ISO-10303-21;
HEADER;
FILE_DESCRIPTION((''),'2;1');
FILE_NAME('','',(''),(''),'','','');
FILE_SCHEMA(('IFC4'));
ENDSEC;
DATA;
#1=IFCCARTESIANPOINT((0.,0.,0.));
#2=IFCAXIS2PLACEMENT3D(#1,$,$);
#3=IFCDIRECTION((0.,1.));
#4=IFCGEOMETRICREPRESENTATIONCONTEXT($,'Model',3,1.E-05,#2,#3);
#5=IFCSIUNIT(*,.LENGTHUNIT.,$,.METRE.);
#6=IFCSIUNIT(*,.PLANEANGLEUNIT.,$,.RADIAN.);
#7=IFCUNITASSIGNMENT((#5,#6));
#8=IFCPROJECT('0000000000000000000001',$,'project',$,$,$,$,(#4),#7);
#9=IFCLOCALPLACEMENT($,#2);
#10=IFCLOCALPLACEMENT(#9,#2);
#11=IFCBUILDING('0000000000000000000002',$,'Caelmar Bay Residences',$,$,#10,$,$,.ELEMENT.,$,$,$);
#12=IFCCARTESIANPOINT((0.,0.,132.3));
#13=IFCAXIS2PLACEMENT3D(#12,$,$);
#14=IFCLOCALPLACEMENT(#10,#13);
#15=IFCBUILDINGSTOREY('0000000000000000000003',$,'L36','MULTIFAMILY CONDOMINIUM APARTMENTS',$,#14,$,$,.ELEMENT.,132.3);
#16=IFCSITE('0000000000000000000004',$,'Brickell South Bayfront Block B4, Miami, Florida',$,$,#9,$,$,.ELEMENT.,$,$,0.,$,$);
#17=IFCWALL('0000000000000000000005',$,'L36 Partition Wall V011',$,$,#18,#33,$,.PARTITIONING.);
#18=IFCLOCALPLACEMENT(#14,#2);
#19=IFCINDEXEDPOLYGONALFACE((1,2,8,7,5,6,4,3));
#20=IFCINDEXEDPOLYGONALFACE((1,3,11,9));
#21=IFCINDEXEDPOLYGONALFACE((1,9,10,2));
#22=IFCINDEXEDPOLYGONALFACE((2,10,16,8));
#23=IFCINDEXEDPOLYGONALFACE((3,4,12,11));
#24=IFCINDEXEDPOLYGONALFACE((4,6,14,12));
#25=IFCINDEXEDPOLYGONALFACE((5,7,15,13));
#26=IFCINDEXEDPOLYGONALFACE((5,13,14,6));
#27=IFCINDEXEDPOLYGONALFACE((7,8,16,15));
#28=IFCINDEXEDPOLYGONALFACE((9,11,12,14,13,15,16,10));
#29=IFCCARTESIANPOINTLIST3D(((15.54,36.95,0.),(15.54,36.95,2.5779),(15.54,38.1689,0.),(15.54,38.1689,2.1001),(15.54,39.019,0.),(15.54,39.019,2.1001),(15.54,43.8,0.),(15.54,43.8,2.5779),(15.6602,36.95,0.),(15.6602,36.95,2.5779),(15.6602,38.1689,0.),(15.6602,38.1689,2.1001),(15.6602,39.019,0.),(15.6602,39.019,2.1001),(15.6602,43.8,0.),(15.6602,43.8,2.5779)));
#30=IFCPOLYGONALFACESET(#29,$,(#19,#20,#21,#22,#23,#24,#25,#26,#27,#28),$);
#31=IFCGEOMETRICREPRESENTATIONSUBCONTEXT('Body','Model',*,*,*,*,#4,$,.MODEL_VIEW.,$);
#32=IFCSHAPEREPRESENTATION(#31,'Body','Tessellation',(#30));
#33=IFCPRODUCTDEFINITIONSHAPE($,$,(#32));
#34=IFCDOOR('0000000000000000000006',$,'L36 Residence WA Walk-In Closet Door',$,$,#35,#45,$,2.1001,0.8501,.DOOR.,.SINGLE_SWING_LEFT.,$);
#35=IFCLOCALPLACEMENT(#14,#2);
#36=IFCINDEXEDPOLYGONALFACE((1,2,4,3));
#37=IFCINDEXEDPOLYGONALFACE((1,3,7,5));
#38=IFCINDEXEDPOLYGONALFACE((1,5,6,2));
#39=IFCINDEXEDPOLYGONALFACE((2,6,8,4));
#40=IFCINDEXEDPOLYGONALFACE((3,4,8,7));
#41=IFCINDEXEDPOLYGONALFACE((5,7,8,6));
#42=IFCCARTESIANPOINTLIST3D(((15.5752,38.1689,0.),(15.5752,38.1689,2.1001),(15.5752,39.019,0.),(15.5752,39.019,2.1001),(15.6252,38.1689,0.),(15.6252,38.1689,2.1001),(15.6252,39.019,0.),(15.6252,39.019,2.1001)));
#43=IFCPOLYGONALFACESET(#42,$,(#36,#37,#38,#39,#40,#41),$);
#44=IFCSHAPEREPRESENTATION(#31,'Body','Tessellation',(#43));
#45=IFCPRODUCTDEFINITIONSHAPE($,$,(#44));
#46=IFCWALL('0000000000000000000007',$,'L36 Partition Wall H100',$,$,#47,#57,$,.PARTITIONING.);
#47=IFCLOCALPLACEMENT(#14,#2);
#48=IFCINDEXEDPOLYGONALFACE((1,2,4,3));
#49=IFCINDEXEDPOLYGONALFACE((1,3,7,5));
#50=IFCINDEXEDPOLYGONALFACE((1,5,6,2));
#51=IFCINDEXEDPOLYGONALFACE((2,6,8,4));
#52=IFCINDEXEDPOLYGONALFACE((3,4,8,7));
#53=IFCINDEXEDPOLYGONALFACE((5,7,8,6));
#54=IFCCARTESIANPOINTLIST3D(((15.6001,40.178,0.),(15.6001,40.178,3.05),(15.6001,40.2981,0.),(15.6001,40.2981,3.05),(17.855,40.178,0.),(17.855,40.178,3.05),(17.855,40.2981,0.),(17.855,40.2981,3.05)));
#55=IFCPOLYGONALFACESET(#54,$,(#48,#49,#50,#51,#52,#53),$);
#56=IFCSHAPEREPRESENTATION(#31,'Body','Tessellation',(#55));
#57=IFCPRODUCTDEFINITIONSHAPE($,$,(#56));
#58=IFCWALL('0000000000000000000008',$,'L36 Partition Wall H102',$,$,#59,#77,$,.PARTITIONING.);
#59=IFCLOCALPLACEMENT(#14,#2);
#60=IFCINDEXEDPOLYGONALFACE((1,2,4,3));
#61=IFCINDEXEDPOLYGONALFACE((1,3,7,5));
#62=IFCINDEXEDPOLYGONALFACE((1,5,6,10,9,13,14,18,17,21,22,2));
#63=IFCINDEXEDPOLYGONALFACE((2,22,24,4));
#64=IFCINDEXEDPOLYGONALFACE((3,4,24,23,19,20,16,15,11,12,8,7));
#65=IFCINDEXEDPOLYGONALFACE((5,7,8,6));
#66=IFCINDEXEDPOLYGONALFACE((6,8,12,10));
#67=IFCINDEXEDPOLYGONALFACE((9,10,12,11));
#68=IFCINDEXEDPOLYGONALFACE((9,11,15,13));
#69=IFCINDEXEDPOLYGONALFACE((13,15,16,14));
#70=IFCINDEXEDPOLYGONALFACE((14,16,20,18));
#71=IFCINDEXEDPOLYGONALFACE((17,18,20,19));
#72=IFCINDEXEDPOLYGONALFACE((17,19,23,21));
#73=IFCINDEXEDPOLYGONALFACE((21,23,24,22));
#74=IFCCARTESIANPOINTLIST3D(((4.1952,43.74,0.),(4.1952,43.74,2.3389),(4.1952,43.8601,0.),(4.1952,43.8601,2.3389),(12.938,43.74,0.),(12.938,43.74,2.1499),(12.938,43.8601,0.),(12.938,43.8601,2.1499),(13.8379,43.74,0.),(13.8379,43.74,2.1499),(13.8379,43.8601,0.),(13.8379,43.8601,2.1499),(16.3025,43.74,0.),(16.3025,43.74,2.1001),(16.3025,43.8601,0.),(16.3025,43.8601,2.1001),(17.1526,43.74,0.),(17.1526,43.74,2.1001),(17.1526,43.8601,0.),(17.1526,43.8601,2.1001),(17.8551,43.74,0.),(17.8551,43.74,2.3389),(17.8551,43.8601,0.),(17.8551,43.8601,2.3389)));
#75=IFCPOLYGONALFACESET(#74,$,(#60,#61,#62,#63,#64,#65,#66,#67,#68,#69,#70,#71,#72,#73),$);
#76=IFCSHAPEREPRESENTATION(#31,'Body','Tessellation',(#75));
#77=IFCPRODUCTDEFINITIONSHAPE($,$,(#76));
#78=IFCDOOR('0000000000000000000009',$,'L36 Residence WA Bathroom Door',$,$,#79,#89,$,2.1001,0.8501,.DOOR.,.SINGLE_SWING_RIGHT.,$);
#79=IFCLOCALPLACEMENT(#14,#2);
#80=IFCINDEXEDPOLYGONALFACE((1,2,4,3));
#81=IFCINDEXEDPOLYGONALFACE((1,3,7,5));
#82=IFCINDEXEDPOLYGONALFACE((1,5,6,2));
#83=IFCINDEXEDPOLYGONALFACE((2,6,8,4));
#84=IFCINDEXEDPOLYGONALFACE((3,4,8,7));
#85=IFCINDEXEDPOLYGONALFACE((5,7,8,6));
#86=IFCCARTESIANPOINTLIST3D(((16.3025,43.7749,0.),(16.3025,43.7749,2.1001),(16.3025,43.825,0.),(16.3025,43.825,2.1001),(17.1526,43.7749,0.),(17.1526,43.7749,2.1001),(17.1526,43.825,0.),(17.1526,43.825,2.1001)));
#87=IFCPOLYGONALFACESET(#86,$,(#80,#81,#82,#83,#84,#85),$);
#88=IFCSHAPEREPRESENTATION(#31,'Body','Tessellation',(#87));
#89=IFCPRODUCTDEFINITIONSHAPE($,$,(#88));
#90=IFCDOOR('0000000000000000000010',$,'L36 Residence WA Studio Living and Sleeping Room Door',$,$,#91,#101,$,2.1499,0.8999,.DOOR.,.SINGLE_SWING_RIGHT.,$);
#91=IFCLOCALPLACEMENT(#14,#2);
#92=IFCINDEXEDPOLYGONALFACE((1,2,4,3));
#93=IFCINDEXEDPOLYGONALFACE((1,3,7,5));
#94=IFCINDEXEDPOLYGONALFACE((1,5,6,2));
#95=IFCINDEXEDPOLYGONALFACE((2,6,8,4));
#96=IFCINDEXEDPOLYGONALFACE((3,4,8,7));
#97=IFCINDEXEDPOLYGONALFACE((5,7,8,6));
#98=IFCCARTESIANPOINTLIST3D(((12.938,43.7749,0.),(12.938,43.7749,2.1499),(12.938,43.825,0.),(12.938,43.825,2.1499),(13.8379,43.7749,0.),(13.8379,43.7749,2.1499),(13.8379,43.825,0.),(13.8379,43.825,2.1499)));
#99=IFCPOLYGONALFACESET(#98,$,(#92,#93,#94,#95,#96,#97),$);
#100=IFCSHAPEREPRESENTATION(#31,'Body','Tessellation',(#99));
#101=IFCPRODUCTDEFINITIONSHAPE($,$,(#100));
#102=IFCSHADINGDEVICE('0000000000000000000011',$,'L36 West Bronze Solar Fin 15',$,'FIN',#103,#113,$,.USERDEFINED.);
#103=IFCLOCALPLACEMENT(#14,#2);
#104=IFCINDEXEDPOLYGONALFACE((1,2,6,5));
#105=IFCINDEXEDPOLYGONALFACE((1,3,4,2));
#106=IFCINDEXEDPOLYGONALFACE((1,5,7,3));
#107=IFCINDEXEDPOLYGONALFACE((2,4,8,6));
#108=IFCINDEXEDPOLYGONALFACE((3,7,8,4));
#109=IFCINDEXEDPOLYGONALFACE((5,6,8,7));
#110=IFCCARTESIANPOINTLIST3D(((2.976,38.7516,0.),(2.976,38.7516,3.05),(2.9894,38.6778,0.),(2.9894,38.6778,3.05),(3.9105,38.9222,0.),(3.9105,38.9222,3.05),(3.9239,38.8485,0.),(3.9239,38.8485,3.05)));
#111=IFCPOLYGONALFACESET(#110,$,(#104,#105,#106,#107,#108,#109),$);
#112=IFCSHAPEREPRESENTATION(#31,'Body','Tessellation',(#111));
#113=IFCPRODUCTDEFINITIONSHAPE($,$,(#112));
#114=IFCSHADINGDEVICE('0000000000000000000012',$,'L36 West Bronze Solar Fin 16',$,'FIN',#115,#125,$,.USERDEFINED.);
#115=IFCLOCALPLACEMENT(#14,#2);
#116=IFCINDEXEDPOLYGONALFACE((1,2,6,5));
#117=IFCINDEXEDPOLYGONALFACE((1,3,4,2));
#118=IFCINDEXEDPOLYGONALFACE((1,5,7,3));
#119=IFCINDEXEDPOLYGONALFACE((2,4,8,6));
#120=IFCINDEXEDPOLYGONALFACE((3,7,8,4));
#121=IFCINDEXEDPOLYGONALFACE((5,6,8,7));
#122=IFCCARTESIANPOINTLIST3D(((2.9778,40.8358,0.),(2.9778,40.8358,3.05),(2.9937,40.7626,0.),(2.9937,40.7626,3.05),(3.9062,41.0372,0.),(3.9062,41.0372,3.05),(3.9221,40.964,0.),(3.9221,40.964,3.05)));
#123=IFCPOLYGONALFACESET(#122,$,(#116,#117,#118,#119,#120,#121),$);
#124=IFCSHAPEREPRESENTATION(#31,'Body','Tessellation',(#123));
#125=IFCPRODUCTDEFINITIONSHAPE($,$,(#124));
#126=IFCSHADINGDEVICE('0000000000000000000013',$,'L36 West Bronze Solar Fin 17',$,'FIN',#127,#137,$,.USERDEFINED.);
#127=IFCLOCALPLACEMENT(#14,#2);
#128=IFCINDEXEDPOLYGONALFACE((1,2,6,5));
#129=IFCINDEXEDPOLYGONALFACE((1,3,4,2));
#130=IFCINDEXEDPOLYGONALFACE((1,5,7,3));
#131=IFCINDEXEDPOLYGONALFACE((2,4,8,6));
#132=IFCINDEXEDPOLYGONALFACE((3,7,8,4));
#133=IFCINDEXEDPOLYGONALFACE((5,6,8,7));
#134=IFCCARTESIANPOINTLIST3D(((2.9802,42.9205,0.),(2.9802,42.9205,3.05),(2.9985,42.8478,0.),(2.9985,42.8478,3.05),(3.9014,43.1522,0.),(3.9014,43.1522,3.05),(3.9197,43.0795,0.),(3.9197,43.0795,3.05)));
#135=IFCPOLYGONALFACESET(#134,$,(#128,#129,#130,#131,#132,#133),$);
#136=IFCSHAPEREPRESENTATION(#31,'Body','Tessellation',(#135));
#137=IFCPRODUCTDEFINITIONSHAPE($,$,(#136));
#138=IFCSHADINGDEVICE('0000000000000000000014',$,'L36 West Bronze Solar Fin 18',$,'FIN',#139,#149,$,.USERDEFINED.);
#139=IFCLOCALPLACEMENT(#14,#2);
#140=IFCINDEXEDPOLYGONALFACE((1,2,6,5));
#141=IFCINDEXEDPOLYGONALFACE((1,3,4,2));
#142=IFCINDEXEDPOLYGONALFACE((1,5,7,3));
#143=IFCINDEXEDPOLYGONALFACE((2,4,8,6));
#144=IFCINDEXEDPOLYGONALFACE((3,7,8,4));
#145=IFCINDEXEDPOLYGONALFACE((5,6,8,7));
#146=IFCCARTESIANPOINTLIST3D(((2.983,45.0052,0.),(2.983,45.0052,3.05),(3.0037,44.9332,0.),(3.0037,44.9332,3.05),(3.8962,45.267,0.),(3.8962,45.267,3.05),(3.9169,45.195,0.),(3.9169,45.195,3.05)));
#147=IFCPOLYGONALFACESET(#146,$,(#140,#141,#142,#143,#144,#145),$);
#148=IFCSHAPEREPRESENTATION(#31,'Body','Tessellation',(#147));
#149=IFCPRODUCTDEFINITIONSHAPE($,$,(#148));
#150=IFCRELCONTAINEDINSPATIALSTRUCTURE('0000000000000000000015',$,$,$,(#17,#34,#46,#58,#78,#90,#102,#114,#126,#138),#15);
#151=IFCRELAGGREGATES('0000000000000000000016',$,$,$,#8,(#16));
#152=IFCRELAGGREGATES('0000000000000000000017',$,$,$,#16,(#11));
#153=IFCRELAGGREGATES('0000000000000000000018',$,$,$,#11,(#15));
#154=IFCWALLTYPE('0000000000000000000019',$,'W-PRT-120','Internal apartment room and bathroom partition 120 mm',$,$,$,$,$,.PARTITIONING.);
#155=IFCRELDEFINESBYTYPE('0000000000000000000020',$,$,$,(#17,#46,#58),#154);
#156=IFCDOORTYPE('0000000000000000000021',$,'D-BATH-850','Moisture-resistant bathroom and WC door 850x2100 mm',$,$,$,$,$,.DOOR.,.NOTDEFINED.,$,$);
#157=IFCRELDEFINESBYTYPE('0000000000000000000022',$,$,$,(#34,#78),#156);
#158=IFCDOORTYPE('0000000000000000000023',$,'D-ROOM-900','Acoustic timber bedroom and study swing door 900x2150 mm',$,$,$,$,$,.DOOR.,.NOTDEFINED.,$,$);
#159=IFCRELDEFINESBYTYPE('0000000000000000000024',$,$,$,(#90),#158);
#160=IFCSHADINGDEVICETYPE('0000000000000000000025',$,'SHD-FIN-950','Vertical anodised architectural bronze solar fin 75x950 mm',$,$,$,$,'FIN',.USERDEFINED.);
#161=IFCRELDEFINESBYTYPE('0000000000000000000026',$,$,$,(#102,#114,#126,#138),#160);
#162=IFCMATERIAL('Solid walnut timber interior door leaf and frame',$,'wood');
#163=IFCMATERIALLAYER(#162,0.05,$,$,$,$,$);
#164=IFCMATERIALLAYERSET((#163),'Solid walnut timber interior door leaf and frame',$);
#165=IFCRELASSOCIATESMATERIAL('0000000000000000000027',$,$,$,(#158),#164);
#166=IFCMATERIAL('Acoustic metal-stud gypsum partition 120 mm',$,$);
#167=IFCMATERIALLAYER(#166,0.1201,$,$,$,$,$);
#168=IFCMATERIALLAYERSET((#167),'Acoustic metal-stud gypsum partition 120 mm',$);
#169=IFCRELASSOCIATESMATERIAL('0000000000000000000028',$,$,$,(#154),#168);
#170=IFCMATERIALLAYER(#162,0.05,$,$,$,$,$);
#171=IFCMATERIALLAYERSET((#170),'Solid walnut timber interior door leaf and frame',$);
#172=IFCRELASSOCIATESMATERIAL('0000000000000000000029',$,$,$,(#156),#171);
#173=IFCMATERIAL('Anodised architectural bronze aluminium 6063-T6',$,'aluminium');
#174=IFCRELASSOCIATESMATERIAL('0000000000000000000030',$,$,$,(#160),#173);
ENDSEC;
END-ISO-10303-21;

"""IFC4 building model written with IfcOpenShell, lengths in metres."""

from ifc_helpers import new_model, si_unit, direction, frame, frame_2d, origin, origin_2d, place, context, subcontext, project, spatial, rectangle, extrude, material, layer, layer_set, material_profile, profile_set, type_object, element, fill, save


model = new_model("IFC4")

# Units and contexts
model_context = context("Model", 3, precision=1e-05, world=origin(), true_north=direction((0.0, 1.0)))
body_context = subcontext(model_context, "Body", "Model", "MODEL_VIEW")
ifc_project = project(units=[si_unit("LENGTHUNIT", "METRE"), si_unit("PLANEANGLEUNIT", "RADIAN")], contexts=[model_context])

# Site, building, storey
site_placement = place(None, origin())
site = spatial("IfcSite", under=ifc_project, at=site_placement, Name="Brickell South Bayfront Block B4, Miami, Florida", CompositionType="ELEMENT", RefElevation=0.0)
building_placement = place(site_placement, origin())
building = spatial("IfcBuilding", under=site, at=building_placement, Name="Caelmar Bay Residences", CompositionType="ELEMENT")
storey_placement = place(building_placement, frame((0.0, 0.0, 132.3)))
storey = spatial("IfcBuildingStorey", under=building, at=storey_placement, Name="L36", Description="MULTIFAMILY CONDOMINIUM APARTMENTS", CompositionType="ELEMENT", Elevation=132.3)

# Wall, opening, door
ifc_material_1 = material(Name="Solid walnut timber interior door leaf and frame", Category="wood")
ifc_layer_1 = layer(ifc_material_1, 0.05)
ifc_layer_set_1 = layer_set([ifc_layer_1], Name="Solid walnut timber interior door leaf and frame")
door_type_1 = type_object("IfcDoorType", Name="D-ROOM-900", Description="Acoustic timber bedroom and study swing door 900x2150 mm", OperationType="NOTDEFINED", PredefinedType="DOOR", material=ifc_layer_set_1)
ifc_material_2 = material(Name="Acoustic metal-stud gypsum partition 120 mm")
ifc_layer_2 = layer(ifc_material_2, 0.1201)
ifc_layer_set_2 = layer_set([ifc_layer_2], Name="Acoustic metal-stud gypsum partition 120 mm")
wall_type_1 = type_object("IfcWallType", Name="W-PRT-120", Description="Internal apartment room and bathroom partition 120 mm", PredefinedType="PARTITIONING", material=ifc_layer_set_2)
wall_1_placement = place(storey_placement, frame((15.6001, 36.95, 0.0), z_axis=(0.0, 0.0, 1.0), x_axis=(0.0, 1.0, 0.0)))
wall_1 = element("IfcWall", 1, at=wall_1_placement, inside=storey, type_object=wall_type_1, Name="L36 Partition Wall V011", PredefinedType="PARTITIONING", context=body_context, shape_type="SweptSolid", body=[
    extrude(rectangle(XDim=6.8501, YDim=0.1201, at=frame_2d((3.425, 0.0))), origin(), (0.0, 0.0, 1.0), 2.5779),
])
opening_1_placement = place(wall_1_placement, frame((1.219, 0.0, 0.0)))
opening_1 = element("IfcOpeningElement", 2, at=opening_1_placement, cuts=wall_1, PredefinedType="OPENING", context=body_context, shape_type="SweptSolid", body=[
    extrude(rectangle(XDim=0.8501, YDim=2.1001, at=frame_2d((0.425, 1.05))), frame((0.0, 0.0701, 0.0), z_axis=(0.0, -1.0, 0.0), x_axis=(1.0, 0.0, 0.0)), (0.0, 0.0, 1.0), 0.1401),
])
ifc_layer_3 = layer(ifc_material_1, 0.05)
ifc_layer_set_3 = layer_set([ifc_layer_3], Name="Solid walnut timber interior door leaf and frame")
door_type_2 = type_object("IfcDoorType", Name="D-BATH-850", Description="Moisture-resistant bathroom and WC door 850x2100 mm", OperationType="NOTDEFINED", PredefinedType="DOOR", material=ifc_layer_set_3)
door_1_placement = place(opening_1_placement, origin())
door_1 = element("IfcDoor", 3, at=door_1_placement, inside=storey, type_object=door_type_2, Name="L36 Residence WA Walk-In Closet Door", OperationType="SINGLE_SWING_LEFT", OverallHeight=2.1001, OverallWidth=0.8501, PredefinedType="DOOR", context=body_context, shape_type="SweptSolid", body=[
    extrude(rectangle(XDim=0.8501, YDim=2.1001, at=frame_2d((0.425, 1.05))), frame((0.0, 0.0249, 0.0), z_axis=(0.0, -1.0, 0.0), x_axis=(1.0, 0.0, 0.0)), (0.0, 0.0, 1.0), 0.05),
])
fill(opening_1, door_1)

# Wall
wall_2_placement = place(storey_placement, frame((15.6001, 40.238, 0.0), z_axis=(0.0, 0.0, 1.0), x_axis=(1.0, 0.0, 0.0)))
element("IfcWall", 4, at=wall_2_placement, inside=storey, type_object=wall_type_1, Name="L36 Partition Wall H100", PredefinedType="PARTITIONING", context=body_context, shape_type="SweptSolid", body=[
    extrude(rectangle(XDim=2.2549, YDim=0.1201, at=frame_2d((1.1274, 0.0))), origin(), (0.0, 0.0, 1.0), 3.05),
])

# Wall, openings, doors
wall_3_placement = place(storey_placement, frame((4.1951, 43.8, 0.0), z_axis=(0.0, 0.0, 1.0), x_axis=(1.0, 0.0, 0.0)))
wall_3 = element("IfcWall", 5, at=wall_3_placement, inside=storey, type_object=wall_type_1, Name="L36 Partition Wall H102", PredefinedType="PARTITIONING", context=body_context, shape_type="SweptSolid", body=[
    extrude(rectangle(XDim=13.6599, YDim=0.1201, at=frame_2d((6.8301, 0.0))), origin(), (0.0, 0.0, 1.0), 2.3389),
])
opening_2_placement = place(wall_3_placement, frame((8.7429, 0.0, 0.0)))
opening_2 = element("IfcOpeningElement", 6, at=opening_2_placement, cuts=wall_3, PredefinedType="OPENING", context=body_context, shape_type="SweptSolid", body=[
    extrude(rectangle(XDim=0.8999, YDim=2.1499, at=frame_2d((0.45, 1.075))), frame((0.0, 0.0701, 0.0), z_axis=(0.0, -1.0, 0.0), x_axis=(1.0, 0.0, 0.0)), (0.0, 0.0, 1.0), 0.1401),
])
opening_3_placement = place(wall_3_placement, frame((12.1074, 0.0, 0.0)))
opening_3 = element("IfcOpeningElement", 7, at=opening_3_placement, cuts=wall_3, PredefinedType="OPENING", context=body_context, shape_type="SweptSolid", body=[
    extrude(rectangle(XDim=0.8501, YDim=2.1001, at=frame_2d((0.425, 1.05))), frame((0.0, 0.0701, 0.0), z_axis=(0.0, -1.0, 0.0), x_axis=(1.0, 0.0, 0.0)), (0.0, 0.0, 1.0), 0.1401),
])
door_2_placement = place(opening_3_placement, origin())
door_2 = element("IfcDoor", 8, at=door_2_placement, inside=storey, type_object=door_type_2, Name="L36 Residence WA Bathroom Door", OperationType="SINGLE_SWING_RIGHT", OverallHeight=2.1001, OverallWidth=0.8501, PredefinedType="DOOR", context=body_context, shape_type="SweptSolid", body=[
    extrude(rectangle(XDim=0.8501, YDim=2.1001, at=frame_2d((0.425, 1.05))), frame((0.0, 0.0249, 0.0), z_axis=(0.0, -1.0, 0.0), x_axis=(1.0, 0.0, 0.0)), (0.0, 0.0, 1.0), 0.05),
])
fill(opening_3, door_2)
door_3_placement = place(opening_2_placement, origin())
door_3 = element("IfcDoor", 9, at=door_3_placement, inside=storey, type_object=door_type_1, Name="L36 Residence WA Studio Living and Sleeping Room Door", OperationType="SINGLE_SWING_RIGHT", OverallHeight=2.1499, OverallWidth=0.8999, PredefinedType="DOOR", context=body_context, shape_type="SweptSolid", body=[
    extrude(rectangle(XDim=0.8999, YDim=2.1499, at=frame_2d((0.45, 1.075))), frame((0.0, 0.0249, 0.0), z_axis=(0.0, -1.0, 0.0), x_axis=(1.0, 0.0, 0.0)), (0.0, 0.0, 1.0), 0.05),
])
fill(opening_2, door_3)

# Shading devices
ifc_material_3 = material(Name="Anodised architectural bronze aluminium 6063-T6", Category="aluminium")
ifc_material_profile_1 = material_profile(ifc_material_3, rectangle(XDim=0.075, YDim=0.95, at=origin_2d()), Name="BRONZE-FIN-75X950")
ifc_profile_set_1 = profile_set([ifc_material_profile_1], Name="Anodised architectural bronze aluminium 6063-T6")
shading_device_type = type_object("IfcShadingDeviceType", Name="SHD-FIN-950", Description="Vertical anodised architectural bronze solar fin 75x950 mm", ElementType="FIN", PredefinedType="USERDEFINED", material=ifc_profile_set_1)
for number, where, z_axis, x_axis, name in (
    (10, (3.45, 38.8, 0.0), (0.0, 0.0, 1.0), (-0.179661, 0.983729, 0.0), "L36 West Bronze Solar Fin 15"),
    (11, (3.45, 40.8999, 0.0), (0.0, 0.0, 1.0), (-0.212007, 0.977268, 0.0), "L36 West Bronze Solar Fin 16"),
    (12, (3.45, 43.0, 0.0), (0.0, 0.0, 1.0), (-0.243954, 0.969787, 0.0), "L36 West Bronze Solar Fin 17"),
    (13, (3.45, 45.1001, 0.0), (0.0, 0.0, 1.0), (-0.275637, 0.961262, 0.0), "L36 West Bronze Solar Fin 18"),
):
    element("IfcShadingDevice", number, at=place(storey_placement, frame(where, z_axis=z_axis, x_axis=x_axis)), inside=storey, type_object=shading_device_type, Name=name, ObjectType="FIN", PredefinedType="USERDEFINED", context=body_context, shape_type="SweptSolid", body=[
        extrude(rectangle(XDim=0.075, YDim=0.95, at=origin_2d()), origin(), (0.0, 0.0, 1.0), 3.05),
    ])

save(model, "model.ifc")
